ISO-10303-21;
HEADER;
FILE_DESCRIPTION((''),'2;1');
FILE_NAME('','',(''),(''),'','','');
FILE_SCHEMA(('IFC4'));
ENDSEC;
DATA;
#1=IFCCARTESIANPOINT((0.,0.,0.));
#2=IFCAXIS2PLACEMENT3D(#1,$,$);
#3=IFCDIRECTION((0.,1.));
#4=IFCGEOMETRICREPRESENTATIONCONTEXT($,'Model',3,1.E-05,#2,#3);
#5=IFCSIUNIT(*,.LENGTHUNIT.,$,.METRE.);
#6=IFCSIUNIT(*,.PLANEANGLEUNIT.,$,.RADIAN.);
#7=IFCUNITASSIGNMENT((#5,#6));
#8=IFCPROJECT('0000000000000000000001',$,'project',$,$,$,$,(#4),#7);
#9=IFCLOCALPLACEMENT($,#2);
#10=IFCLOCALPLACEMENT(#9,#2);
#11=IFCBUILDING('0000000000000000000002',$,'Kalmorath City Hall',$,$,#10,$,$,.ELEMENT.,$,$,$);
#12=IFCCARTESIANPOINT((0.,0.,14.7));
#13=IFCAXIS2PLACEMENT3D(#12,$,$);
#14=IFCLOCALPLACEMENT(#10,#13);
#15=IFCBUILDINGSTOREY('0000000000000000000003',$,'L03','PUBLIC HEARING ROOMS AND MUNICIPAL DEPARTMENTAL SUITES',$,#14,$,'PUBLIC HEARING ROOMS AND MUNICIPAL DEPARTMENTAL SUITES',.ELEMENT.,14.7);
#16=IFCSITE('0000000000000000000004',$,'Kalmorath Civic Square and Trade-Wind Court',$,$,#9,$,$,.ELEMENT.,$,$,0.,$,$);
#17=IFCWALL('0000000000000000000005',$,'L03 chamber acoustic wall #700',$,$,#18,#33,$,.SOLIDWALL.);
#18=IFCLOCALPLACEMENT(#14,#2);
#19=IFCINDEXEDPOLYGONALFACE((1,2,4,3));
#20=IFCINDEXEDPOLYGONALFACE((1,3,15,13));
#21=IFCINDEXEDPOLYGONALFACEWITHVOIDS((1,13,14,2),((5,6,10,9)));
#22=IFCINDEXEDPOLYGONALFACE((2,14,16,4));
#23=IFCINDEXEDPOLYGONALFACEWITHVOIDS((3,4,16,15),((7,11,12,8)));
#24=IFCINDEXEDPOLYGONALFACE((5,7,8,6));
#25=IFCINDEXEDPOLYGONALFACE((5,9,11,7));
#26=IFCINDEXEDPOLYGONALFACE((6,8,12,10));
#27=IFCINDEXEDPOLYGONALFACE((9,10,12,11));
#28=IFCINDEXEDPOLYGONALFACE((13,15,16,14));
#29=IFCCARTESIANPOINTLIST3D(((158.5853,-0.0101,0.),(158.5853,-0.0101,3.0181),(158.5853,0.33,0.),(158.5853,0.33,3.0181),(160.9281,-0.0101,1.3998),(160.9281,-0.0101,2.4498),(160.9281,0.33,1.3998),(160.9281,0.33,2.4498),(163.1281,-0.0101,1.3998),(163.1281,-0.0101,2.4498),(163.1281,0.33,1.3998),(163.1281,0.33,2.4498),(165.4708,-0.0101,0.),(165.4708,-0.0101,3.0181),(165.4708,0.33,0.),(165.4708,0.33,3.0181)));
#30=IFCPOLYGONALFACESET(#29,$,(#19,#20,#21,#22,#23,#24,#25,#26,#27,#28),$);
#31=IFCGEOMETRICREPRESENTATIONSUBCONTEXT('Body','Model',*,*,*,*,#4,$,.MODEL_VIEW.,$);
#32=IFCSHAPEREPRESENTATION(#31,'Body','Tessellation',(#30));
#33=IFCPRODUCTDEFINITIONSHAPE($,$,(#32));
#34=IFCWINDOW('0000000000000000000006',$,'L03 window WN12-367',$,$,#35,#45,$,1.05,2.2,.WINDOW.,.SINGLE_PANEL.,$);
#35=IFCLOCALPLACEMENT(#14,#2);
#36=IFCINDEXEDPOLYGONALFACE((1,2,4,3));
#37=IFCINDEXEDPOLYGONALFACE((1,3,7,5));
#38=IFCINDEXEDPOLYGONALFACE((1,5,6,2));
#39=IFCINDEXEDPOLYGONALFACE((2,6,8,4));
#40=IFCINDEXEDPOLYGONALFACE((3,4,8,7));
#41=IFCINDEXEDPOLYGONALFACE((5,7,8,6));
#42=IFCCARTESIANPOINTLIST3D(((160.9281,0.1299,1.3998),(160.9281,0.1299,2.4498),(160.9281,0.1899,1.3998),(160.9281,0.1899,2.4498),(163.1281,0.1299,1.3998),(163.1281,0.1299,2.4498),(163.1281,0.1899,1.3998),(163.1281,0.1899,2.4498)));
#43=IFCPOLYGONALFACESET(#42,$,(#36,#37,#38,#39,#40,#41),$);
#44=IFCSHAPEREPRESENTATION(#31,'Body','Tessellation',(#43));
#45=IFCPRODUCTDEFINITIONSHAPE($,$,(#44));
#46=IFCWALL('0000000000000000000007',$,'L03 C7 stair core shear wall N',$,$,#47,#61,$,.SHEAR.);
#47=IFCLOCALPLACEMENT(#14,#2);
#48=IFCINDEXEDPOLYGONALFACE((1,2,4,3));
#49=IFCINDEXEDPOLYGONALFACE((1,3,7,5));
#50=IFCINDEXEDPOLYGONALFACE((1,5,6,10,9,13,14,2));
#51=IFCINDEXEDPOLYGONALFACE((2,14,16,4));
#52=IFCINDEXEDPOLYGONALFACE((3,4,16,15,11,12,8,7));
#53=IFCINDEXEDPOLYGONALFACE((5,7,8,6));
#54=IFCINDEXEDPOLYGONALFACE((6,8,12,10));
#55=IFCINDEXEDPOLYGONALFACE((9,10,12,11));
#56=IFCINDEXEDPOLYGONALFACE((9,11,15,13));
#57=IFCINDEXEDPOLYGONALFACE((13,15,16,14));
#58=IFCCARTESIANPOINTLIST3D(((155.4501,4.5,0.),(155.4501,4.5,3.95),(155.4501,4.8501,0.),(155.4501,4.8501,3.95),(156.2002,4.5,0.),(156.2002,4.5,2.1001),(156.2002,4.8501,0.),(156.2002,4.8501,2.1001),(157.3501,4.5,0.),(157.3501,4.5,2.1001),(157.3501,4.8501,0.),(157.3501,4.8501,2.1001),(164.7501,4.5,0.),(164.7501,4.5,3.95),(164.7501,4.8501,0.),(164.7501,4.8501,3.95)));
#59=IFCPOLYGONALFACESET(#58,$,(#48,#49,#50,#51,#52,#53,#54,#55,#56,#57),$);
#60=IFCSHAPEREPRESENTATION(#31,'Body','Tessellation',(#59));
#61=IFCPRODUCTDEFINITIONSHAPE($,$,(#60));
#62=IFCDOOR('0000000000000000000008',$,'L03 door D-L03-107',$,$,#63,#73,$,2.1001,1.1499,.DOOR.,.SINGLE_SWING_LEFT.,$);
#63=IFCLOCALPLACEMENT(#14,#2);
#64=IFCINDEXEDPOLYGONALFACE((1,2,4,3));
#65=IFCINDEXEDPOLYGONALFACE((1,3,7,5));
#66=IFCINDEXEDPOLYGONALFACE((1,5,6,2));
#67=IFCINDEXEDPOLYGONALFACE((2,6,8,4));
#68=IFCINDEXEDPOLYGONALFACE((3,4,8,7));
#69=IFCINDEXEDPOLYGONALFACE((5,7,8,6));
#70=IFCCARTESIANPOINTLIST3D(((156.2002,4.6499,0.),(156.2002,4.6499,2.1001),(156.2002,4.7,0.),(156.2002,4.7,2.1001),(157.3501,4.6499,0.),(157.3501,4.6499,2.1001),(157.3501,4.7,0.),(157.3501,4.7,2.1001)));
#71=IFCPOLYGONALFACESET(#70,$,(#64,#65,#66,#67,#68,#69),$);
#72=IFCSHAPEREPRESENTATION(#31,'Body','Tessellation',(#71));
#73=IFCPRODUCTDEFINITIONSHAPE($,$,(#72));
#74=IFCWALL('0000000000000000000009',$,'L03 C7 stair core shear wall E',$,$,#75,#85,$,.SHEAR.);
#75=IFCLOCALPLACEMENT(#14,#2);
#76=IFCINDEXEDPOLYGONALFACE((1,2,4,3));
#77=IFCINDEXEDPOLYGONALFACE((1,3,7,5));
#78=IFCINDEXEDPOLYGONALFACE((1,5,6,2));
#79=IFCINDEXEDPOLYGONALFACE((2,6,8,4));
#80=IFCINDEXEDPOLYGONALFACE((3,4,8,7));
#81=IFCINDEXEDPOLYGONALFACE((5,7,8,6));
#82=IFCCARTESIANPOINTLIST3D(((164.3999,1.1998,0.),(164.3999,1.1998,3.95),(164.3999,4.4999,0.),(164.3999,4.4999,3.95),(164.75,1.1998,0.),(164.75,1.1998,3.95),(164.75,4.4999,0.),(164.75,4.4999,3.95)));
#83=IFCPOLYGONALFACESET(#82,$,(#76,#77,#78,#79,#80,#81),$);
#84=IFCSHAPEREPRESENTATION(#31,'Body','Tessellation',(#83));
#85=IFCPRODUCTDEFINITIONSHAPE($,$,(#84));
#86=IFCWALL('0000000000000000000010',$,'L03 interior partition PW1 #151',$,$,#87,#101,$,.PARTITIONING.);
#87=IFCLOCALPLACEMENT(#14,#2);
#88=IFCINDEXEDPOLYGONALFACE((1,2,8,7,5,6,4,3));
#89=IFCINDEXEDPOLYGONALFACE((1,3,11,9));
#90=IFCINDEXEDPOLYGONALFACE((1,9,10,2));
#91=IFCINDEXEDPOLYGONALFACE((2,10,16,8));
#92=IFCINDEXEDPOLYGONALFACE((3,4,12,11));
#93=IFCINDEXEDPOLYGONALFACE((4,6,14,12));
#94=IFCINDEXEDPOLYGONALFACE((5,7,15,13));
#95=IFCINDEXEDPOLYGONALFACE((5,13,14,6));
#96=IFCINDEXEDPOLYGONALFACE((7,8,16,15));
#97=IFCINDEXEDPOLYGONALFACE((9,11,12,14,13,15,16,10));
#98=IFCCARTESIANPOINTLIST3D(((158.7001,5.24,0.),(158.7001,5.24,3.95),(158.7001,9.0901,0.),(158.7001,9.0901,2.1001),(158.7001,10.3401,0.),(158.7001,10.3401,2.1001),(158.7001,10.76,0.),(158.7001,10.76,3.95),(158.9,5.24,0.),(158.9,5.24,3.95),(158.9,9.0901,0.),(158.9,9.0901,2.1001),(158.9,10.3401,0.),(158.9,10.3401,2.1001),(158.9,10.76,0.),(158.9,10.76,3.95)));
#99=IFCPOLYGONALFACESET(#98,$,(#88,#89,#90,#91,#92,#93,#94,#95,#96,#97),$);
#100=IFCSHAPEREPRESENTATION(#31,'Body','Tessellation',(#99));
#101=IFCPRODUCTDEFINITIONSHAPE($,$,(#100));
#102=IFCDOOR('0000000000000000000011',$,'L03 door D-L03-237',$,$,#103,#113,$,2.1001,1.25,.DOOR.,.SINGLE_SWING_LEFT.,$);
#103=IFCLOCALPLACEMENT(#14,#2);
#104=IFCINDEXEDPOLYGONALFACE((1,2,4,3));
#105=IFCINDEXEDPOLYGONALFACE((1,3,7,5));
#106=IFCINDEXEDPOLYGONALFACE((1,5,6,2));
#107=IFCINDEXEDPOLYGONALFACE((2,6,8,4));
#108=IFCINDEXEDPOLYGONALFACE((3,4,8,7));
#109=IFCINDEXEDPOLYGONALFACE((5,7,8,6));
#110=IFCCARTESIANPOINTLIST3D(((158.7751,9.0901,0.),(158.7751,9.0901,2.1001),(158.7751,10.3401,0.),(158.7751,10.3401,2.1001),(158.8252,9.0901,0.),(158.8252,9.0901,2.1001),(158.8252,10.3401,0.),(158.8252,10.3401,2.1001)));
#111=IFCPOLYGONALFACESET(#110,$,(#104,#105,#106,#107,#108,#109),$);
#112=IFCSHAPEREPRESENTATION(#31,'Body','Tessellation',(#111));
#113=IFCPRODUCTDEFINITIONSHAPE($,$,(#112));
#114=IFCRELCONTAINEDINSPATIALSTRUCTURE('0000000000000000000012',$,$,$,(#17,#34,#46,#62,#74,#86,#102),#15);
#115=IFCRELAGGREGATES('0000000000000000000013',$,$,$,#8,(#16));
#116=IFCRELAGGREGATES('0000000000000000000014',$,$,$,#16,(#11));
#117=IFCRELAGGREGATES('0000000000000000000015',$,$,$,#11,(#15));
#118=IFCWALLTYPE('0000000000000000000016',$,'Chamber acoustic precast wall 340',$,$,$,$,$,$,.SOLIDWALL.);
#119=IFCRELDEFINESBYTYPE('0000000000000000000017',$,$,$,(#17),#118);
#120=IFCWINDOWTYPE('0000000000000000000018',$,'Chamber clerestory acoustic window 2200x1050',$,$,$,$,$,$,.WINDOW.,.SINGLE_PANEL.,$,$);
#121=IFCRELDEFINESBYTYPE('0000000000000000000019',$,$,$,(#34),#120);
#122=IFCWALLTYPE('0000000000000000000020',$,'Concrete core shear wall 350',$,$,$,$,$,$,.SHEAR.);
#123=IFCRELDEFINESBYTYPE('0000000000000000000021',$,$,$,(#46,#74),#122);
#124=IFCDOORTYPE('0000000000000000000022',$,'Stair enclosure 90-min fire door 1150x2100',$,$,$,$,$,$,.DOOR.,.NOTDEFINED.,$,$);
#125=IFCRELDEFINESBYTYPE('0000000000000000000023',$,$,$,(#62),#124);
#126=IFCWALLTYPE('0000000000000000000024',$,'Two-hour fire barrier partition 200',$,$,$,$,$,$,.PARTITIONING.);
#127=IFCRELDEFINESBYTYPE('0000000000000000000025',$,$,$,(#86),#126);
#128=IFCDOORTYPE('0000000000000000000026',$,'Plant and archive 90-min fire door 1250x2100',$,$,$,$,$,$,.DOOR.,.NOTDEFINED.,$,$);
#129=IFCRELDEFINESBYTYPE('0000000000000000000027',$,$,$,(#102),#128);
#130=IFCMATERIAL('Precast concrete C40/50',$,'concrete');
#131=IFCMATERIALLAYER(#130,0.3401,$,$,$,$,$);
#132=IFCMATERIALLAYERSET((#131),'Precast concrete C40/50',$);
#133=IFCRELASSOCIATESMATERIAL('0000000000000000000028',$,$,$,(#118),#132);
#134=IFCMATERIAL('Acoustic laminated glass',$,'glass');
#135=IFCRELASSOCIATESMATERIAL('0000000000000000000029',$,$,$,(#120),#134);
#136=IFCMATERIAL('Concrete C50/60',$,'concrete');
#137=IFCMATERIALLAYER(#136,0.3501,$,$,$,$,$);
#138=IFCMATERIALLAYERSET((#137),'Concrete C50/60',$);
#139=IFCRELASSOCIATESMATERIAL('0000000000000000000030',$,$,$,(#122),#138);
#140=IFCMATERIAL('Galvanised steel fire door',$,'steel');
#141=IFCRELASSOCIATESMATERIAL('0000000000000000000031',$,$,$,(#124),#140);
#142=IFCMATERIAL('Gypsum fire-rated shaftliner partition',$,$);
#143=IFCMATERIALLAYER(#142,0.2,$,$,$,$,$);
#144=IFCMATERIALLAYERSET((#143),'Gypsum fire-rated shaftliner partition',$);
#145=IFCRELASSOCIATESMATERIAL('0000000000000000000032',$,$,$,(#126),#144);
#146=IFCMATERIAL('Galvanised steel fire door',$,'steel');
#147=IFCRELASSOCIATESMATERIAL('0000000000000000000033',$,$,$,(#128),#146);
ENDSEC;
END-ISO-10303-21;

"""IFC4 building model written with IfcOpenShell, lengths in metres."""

from ifc_helpers import new_model, si_unit, direction, frame, frame_2d, origin, place, context, subcontext, project, spatial, rectangle, extrude, material, layer, layer_set, type_object, element, fill, save


model = new_model("IFC4")

# Units and contexts
model_context = context("Model", 3, precision=1e-05, world=origin(), true_north=direction((0.0, 1.0)))
body_context = subcontext(model_context, "Body", "Model", "MODEL_VIEW")
ifc_project = project(units=[si_unit("LENGTHUNIT", "METRE"), si_unit("PLANEANGLEUNIT", "RADIAN")], contexts=[model_context])

# Site, building, storey
site_placement = place(None, origin())
site = spatial("IfcSite", under=ifc_project, at=site_placement, Name="Kalmorath Civic Square and Trade-Wind Court", CompositionType="ELEMENT", RefElevation=0.0)
building_placement = place(site_placement, origin())
building = spatial("IfcBuilding", under=site, at=building_placement, Name="Kalmorath City Hall", CompositionType="ELEMENT")
storey_placement = place(building_placement, frame((0.0, 0.0, 14.7)))
storey = spatial("IfcBuildingStorey", under=building, at=storey_placement, Name="L03", Description="PUBLIC HEARING ROOMS AND MUNICIPAL DEPARTMENTAL SUITES", LongName="PUBLIC HEARING ROOMS AND MUNICIPAL DEPARTMENTAL SUITES", CompositionType="ELEMENT", Elevation=14.7)

# Wall, opening, window
ifc_material_1 = material(Name="Precast concrete C40/50", Category="concrete")
ifc_layer_1 = layer(ifc_material_1, 0.3401)
ifc_layer_set_1 = layer_set([ifc_layer_1], Name="Precast concrete C40/50")
wall_type_1 = type_object("IfcWallType", Name="Chamber acoustic precast wall 340", PredefinedType="SOLIDWALL", material=ifc_layer_set_1)
ifc_material_2 = material(Name="Acoustic laminated glass", Category="glass")
window_type = type_object("IfcWindowType", Name="Chamber clerestory acoustic window 2200x1050", PartitioningType="SINGLE_PANEL", PredefinedType="WINDOW", material=ifc_material_2)
wall_1_placement = place(storey_placement, frame((165.4709, 0.1599, 0.0), z_axis=(0.0, 0.0, 1.0), x_axis=(-1.0, 0.0, 0.0)))
wall_1 = element("IfcWall", 1, at=wall_1_placement, inside=storey, type_object=wall_type_1, Name="L03 chamber acoustic wall #700", PredefinedType="SOLIDWALL", context=body_context, shape_type="SweptSolid", body=[
    extrude(rectangle(XDim=6.8855, YDim=0.3401, at=frame_2d((3.4429, 0.0))), origin(), (0.0, 0.0, 1.0), 3.0181),
])
opening_1_placement = place(wall_1_placement, frame((2.3428, 0.0, 1.3999)))
opening_1 = element("IfcOpeningElement", 2, at=opening_1_placement, cuts=wall_1, PredefinedType="OPENING", context=body_context, shape_type="SweptSolid", body=[
    extrude(rectangle(XDim=2.2, YDim=1.05, at=frame_2d((1.1001, 0.5249))), frame((0.0, 0.1799, 0.0), z_axis=(0.0, -1.0, 0.0), x_axis=(1.0, 0.0, 0.0)), (0.0, 0.0, 1.0), 0.3601),
])
window_1_placement = place(opening_1_placement, origin())
window_1 = element("IfcWindow", 3, at=window_1_placement, inside=storey, type_object=window_type, Name="L03 window WN12-367", OverallHeight=1.05, OverallWidth=2.2, PartitioningType="SINGLE_PANEL", PredefinedType="WINDOW", context=body_context, shape_type="SweptSolid", body=[
    extrude(rectangle(XDim=2.2, YDim=1.05, at=frame_2d((1.1001, 0.5249))), frame((0.0, 0.03, 0.0), z_axis=(0.0, -1.0, 0.0), x_axis=(1.0, 0.0, 0.0)), (0.0, 0.0, 1.0), 0.0601),
])
fill(opening_1, window_1)

# Wall, opening, door
ifc_material_3 = material(Name="Concrete C50/60", Category="concrete")
ifc_layer_2 = layer(ifc_material_3, 0.3501)
ifc_layer_set_2 = layer_set([ifc_layer_2], Name="Concrete C50/60")
wall_type_2 = type_object("IfcWallType", Name="Concrete core shear wall 350", PredefinedType="SHEAR", material=ifc_layer_set_2)
wall_2_placement = place(storey_placement, frame((164.75, 4.675, 0.0), z_axis=(0.0, 0.0, 1.0), x_axis=(-1.0, 0.0, 0.0)))
wall_2 = element("IfcWall", 4, at=wall_2_placement, inside=storey, type_object=wall_type_2, Name="L03 C7 stair core shear wall N", PredefinedType="SHEAR", context=body_context, shape_type="SweptSolid", body=[
    extrude(rectangle(XDim=9.3, YDim=0.3501, at=frame_2d((4.6499, 0.0))), origin(), (0.0, 0.0, 1.0), 3.95),
])
opening_2_placement = place(wall_2_placement, frame((7.3999, 0.0, 0.0)))
opening_2 = element("IfcOpeningElement", 5, at=opening_2_placement, cuts=wall_2, PredefinedType="OPENING", context=body_context, shape_type="SweptSolid", body=[
    extrude(rectangle(XDim=1.1499, YDim=2.1001, at=frame_2d((0.575, 1.05))), frame((0.0, 0.1851, 0.0), z_axis=(0.0, -1.0, 0.0), x_axis=(1.0, 0.0, 0.0)), (0.0, 0.0, 1.0), 0.3701),
])
ifc_material_4 = material(Name="Galvanised steel fire door", Category="steel")
door_type_1 = type_object("IfcDoorType", Name="Stair enclosure 90-min fire door 1150x2100", OperationType="NOTDEFINED", PredefinedType="DOOR", material=ifc_material_4)
door_1_placement = place(opening_2_placement, frame((1.1499, 0.0, 0.0), z_axis=(0.0, 0.0, 1.0), x_axis=(-1.0, 0.0, 0.0)))
door_1 = element("IfcDoor", 6, at=door_1_placement, inside=storey, type_object=door_type_1, Name="L03 door D-L03-107", OperationType="SINGLE_SWING_LEFT", OverallHeight=2.1001, OverallWidth=1.1499, PredefinedType="DOOR", context=body_context, shape_type="SweptSolid", body=[
    extrude(rectangle(XDim=1.1499, YDim=2.1001, at=frame_2d((0.575, 1.05))), frame((0.0, 0.0249, 0.0), z_axis=(0.0, -1.0, 0.0), x_axis=(1.0, 0.0, 0.0)), (0.0, 0.0, 1.0), 0.05),
])
fill(opening_2, door_1)

# Wall
wall_3_placement = place(storey_placement, frame((164.575, 1.2, 0.0), z_axis=(0.0, 0.0, 1.0), x_axis=(0.0, 1.0, 0.0)))
element("IfcWall", 7, at=wall_3_placement, inside=storey, type_object=wall_type_2, Name="L03 C7 stair core shear wall E", PredefinedType="SHEAR", context=body_context, shape_type="SweptSolid", body=[
    extrude(rectangle(XDim=3.3, YDim=0.3501, at=frame_2d((1.6499, 0.0))), origin(), (0.0, 0.0, 1.0), 3.95),
])

# Wall, opening, door
ifc_material_5 = material(Name="Gypsum fire-rated shaftliner partition")
ifc_layer_3 = layer(ifc_material_5, 0.2)
ifc_layer_set_3 = layer_set([ifc_layer_3], Name="Gypsum fire-rated shaftliner partition")
wall_type_3 = type_object("IfcWallType", Name="Two-hour fire barrier partition 200", PredefinedType="PARTITIONING", material=ifc_layer_set_3)
wall_4_placement = place(storey_placement, frame((158.8, 5.24, 0.0), z_axis=(0.0, 0.0, 1.0), x_axis=(0.0, 1.0, 0.0)))
wall_4 = element("IfcWall", 8, at=wall_4_placement, inside=storey, type_object=wall_type_3, Name="L03 interior partition PW1 #151", PredefinedType="PARTITIONING", context=body_context, shape_type="SweptSolid", body=[
    extrude(rectangle(XDim=5.52, YDim=0.2, at=frame_2d((2.76, 0.0))), origin(), (0.0, 0.0, 1.0), 3.95),
])
opening_3_placement = place(wall_4_placement, frame((3.8501, 0.0, 0.0)))
opening_3 = element("IfcOpeningElement", 9, at=opening_3_placement, cuts=wall_4, PredefinedType="OPENING", context=body_context, shape_type="SweptSolid", body=[
    extrude(rectangle(XDim=1.25, YDim=2.1001, at=frame_2d((0.625, 1.05))), frame((0.0, 0.1099, 0.0), z_axis=(0.0, -1.0, 0.0), x_axis=(1.0, 0.0, 0.0)), (0.0, 0.0, 1.0), 0.22),
])
ifc_material_6 = material(Name="Galvanised steel fire door", Category="steel")
door_type_2 = type_object("IfcDoorType", Name="Plant and archive 90-min fire door 1250x2100", OperationType="NOTDEFINED", PredefinedType="DOOR", material=ifc_material_6)
door_2_placement = place(opening_3_placement, origin())
door_2 = element("IfcDoor", 10, at=door_2_placement, inside=storey, type_object=door_type_2, Name="L03 door D-L03-237", OperationType="SINGLE_SWING_LEFT", OverallHeight=2.1001, OverallWidth=1.25, PredefinedType="DOOR", context=body_context, shape_type="SweptSolid", body=[
    extrude(rectangle(XDim=1.25, YDim=2.1001, at=frame_2d((0.625, 1.05))), frame((0.0, 0.0249, 0.0), z_axis=(0.0, -1.0, 0.0), x_axis=(1.0, 0.0, 0.0)), (0.0, 0.0, 1.0), 0.05),
])
fill(opening_3, door_2)

save(model, "model.ifc")
